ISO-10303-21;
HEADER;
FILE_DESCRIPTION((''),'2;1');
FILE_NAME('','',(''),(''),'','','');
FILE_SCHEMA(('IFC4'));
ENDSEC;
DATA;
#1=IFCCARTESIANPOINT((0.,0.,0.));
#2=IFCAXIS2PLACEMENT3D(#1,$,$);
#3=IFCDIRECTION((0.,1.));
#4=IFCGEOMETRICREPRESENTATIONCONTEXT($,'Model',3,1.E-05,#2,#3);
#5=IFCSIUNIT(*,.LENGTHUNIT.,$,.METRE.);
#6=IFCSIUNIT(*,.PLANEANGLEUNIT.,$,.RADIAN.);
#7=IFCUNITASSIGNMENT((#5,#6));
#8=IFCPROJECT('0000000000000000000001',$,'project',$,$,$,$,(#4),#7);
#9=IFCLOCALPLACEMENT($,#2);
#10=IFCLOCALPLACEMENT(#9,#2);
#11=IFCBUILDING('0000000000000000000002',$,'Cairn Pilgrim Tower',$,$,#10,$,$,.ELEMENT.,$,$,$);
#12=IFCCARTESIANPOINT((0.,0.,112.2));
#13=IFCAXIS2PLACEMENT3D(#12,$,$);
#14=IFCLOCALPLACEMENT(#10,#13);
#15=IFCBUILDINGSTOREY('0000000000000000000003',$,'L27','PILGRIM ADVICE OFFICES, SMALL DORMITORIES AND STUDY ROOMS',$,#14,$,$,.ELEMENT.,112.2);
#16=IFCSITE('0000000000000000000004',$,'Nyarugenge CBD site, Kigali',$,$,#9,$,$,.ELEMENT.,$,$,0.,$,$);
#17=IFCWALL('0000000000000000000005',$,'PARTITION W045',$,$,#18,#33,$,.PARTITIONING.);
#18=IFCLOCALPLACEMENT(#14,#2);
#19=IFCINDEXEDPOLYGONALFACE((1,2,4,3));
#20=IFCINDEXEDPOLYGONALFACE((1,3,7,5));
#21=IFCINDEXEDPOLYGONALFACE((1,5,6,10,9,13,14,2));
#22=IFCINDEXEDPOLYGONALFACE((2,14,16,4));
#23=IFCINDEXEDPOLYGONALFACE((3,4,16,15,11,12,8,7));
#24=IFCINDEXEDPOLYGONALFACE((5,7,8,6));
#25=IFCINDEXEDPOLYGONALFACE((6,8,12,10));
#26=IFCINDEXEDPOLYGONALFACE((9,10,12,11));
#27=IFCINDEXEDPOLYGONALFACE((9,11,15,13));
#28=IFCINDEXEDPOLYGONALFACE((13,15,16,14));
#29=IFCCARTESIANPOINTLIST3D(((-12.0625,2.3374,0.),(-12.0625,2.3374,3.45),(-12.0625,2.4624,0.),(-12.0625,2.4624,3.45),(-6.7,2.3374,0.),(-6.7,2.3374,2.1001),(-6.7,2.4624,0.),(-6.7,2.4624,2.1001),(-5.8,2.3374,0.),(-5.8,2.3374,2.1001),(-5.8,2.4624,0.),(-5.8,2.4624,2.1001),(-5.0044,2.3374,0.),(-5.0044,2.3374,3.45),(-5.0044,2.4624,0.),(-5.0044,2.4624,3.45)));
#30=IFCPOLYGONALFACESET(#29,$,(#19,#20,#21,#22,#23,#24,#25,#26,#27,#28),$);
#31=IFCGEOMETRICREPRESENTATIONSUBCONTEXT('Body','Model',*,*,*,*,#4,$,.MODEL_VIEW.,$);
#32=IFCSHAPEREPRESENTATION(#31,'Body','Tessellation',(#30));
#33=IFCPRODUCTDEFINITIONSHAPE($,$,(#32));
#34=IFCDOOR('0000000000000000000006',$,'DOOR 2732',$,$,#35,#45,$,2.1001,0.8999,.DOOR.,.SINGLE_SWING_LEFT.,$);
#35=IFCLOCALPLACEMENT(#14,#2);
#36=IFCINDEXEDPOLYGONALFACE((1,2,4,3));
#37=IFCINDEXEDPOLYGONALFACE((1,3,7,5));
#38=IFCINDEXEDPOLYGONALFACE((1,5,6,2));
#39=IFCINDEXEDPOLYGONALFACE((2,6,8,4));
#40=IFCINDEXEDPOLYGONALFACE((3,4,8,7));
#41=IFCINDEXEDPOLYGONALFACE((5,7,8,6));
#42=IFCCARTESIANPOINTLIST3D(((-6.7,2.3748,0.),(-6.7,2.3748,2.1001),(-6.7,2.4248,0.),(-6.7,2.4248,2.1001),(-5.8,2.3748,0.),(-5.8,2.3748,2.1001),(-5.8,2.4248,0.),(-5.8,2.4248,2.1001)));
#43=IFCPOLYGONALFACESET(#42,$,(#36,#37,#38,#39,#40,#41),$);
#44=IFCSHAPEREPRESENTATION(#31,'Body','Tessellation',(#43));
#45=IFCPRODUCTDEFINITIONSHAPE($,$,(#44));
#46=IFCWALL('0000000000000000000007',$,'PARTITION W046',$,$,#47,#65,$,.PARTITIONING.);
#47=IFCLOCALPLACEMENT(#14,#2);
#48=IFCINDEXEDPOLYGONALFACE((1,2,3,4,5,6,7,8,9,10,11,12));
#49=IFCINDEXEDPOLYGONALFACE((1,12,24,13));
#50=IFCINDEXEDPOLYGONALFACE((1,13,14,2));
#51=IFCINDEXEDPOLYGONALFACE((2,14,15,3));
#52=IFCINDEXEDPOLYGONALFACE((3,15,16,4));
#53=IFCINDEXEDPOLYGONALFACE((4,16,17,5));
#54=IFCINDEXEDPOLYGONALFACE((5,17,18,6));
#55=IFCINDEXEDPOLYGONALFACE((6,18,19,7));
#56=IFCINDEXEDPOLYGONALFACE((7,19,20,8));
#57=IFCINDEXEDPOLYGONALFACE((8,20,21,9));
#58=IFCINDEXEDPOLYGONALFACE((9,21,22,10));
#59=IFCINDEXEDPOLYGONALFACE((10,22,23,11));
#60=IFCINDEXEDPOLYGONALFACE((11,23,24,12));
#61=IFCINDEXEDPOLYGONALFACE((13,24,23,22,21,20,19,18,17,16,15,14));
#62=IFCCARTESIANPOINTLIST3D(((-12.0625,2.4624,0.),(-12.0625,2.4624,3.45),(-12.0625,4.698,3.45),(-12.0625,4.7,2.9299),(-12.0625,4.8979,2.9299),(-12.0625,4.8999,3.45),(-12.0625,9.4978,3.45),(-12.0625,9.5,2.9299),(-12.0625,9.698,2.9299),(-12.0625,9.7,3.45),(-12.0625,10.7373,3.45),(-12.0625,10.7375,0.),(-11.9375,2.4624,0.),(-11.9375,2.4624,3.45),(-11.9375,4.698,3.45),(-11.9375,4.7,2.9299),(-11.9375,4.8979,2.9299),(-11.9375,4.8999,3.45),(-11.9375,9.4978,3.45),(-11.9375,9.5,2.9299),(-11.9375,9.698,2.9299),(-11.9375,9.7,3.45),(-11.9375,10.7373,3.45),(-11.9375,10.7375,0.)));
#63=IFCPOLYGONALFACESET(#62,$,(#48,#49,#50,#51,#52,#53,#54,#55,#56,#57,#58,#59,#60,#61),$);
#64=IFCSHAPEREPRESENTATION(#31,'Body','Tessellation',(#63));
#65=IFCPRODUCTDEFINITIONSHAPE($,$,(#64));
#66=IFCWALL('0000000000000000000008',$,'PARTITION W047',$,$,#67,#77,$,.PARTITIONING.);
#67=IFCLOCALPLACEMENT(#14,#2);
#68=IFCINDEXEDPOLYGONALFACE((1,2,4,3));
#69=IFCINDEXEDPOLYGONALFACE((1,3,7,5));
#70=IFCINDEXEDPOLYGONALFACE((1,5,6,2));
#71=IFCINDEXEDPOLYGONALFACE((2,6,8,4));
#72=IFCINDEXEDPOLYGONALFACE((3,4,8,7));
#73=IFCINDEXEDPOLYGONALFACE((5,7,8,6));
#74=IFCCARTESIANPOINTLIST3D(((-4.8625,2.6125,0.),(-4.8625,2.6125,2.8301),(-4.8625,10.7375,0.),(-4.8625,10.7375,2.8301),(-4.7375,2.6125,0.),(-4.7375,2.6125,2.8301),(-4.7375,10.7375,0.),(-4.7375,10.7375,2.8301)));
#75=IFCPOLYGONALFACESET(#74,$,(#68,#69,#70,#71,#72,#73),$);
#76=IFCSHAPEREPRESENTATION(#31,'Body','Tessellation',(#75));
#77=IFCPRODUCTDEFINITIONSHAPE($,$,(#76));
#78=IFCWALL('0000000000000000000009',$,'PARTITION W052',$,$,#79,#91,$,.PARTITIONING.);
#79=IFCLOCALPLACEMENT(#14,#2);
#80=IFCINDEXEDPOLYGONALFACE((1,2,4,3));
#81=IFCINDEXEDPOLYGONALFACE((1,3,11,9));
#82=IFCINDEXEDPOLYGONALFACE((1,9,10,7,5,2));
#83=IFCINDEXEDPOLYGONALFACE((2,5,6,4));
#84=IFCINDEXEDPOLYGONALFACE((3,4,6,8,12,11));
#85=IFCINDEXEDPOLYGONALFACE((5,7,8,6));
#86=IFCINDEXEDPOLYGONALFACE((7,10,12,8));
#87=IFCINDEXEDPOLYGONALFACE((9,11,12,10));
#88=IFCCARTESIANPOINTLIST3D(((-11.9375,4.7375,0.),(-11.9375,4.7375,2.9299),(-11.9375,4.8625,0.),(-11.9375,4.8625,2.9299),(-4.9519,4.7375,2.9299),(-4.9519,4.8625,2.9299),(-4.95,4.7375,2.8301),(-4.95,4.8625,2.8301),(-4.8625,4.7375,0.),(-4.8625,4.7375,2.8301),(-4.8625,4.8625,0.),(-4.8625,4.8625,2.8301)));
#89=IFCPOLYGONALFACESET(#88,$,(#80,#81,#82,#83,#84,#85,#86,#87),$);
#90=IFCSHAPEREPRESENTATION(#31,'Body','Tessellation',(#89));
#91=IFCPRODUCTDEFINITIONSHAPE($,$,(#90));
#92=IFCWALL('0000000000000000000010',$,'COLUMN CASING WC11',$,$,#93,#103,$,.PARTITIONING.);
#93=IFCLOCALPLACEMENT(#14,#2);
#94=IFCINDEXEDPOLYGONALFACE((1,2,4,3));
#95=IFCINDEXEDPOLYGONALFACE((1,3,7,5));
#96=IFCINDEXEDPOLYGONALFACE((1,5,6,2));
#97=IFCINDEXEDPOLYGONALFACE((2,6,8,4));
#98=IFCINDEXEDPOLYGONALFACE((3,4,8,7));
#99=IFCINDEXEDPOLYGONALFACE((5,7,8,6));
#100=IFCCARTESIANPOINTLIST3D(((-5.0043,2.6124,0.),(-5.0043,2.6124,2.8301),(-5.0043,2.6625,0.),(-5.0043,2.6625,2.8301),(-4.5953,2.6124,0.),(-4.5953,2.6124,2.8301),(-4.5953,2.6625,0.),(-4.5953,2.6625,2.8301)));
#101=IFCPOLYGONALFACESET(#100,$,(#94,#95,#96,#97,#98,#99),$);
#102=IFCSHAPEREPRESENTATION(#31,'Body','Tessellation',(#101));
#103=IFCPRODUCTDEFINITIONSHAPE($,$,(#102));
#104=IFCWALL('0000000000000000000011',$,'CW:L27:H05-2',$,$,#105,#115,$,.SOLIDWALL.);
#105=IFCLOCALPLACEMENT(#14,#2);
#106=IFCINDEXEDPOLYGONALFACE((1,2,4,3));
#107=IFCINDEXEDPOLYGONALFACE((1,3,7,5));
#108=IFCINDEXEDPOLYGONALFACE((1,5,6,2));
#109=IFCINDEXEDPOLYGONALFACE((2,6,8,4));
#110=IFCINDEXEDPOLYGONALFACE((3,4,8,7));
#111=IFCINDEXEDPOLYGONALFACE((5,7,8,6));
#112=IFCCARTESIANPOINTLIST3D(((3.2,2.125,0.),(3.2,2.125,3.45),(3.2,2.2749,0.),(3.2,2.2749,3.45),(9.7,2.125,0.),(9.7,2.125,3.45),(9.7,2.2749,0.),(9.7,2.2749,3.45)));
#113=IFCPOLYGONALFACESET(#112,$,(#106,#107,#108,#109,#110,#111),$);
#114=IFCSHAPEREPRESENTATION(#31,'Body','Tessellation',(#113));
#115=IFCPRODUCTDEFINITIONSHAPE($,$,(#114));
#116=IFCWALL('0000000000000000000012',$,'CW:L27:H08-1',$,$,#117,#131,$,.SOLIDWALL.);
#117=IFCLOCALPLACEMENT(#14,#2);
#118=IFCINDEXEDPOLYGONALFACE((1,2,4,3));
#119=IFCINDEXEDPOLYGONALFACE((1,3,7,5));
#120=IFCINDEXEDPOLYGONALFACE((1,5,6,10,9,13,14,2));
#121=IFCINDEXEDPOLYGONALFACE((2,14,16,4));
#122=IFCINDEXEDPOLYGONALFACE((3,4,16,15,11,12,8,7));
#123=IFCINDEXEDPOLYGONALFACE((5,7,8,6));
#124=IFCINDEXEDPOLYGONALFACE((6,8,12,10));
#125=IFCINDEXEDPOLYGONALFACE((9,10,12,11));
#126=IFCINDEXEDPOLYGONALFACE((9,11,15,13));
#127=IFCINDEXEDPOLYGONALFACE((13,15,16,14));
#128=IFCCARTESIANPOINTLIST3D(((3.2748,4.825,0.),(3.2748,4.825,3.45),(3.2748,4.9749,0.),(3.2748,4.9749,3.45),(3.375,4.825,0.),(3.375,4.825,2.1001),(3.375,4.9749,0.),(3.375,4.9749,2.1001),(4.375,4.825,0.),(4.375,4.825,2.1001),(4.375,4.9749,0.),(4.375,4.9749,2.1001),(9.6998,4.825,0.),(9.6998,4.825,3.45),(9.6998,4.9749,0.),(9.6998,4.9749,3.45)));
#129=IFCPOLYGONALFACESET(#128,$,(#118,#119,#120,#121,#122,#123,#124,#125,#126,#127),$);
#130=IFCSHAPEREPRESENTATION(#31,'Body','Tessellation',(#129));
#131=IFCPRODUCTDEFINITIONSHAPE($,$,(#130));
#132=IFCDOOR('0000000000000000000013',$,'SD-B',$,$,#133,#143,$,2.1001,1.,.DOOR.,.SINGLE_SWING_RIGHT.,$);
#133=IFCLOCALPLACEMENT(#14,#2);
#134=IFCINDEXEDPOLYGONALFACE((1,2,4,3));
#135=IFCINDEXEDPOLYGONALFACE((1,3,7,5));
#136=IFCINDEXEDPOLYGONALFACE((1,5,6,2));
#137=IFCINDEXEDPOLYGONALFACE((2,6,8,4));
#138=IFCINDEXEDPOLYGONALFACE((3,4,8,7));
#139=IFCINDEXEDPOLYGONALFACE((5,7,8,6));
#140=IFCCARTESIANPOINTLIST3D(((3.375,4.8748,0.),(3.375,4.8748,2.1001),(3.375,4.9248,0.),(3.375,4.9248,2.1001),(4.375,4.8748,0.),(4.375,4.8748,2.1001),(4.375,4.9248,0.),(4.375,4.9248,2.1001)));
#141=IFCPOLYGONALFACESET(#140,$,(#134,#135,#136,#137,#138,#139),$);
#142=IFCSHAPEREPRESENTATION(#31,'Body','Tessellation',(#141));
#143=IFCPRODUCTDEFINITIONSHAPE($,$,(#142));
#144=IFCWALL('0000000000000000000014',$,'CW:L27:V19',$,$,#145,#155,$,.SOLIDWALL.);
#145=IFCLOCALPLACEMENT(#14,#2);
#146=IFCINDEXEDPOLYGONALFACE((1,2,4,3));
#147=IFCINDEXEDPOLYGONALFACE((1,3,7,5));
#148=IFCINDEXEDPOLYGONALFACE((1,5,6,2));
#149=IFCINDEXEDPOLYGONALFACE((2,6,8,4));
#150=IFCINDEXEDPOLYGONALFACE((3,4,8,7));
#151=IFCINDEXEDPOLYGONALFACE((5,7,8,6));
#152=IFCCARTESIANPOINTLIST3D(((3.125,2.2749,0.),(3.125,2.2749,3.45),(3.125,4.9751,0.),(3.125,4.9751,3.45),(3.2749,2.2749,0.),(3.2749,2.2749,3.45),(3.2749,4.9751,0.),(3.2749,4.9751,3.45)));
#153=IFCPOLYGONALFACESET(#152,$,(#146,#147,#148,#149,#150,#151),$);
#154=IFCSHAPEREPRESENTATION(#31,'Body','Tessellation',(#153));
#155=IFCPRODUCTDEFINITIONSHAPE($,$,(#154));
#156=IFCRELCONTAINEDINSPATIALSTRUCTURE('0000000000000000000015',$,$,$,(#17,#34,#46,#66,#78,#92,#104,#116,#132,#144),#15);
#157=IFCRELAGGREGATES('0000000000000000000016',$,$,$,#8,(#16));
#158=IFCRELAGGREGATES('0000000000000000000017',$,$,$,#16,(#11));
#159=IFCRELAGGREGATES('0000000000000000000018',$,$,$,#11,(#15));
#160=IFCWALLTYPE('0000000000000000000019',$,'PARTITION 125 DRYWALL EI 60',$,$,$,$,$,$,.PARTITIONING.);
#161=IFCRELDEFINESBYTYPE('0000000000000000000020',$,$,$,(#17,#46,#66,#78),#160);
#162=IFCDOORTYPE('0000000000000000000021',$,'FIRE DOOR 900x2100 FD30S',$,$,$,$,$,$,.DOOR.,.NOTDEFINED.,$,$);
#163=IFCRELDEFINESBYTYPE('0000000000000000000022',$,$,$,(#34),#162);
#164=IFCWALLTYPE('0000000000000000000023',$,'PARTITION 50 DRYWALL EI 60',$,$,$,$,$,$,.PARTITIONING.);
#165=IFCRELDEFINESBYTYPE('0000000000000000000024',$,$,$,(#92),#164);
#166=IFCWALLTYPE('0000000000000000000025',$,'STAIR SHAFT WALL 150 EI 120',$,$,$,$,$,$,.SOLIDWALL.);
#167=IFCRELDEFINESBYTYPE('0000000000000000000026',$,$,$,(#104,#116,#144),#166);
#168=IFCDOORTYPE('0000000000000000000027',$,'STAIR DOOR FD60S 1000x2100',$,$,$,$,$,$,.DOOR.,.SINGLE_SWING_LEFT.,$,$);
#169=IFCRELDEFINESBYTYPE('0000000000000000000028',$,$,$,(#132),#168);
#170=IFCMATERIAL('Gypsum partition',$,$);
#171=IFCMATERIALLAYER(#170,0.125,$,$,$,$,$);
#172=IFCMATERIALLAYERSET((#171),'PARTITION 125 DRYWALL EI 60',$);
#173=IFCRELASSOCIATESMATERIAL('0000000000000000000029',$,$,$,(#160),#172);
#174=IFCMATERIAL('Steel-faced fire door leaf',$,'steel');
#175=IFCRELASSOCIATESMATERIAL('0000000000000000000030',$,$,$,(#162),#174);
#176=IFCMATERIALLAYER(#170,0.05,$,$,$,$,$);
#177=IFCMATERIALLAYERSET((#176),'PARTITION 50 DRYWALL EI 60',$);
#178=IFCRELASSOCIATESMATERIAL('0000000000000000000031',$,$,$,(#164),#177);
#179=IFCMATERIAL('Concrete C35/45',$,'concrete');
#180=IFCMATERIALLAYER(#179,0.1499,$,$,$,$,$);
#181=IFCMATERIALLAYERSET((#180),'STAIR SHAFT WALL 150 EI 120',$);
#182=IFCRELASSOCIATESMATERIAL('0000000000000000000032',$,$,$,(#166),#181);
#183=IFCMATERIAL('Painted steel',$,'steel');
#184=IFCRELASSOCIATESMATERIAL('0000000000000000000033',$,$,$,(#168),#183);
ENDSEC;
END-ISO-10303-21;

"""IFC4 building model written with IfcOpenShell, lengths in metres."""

from ifc_helpers import new_model, si_unit, direction, frame, frame_2d, origin, place, context, subcontext, project, spatial, polyline, rectangle, outline, extrude, material, layer, layer_set, type_object, element, fill, save


model = new_model("IFC4")

# Units and contexts
model_context = context("Model", 3, precision=1e-05, world=origin(), true_north=direction((0.0, 1.0)))
body_context = subcontext(model_context, "Body", "Model", "MODEL_VIEW")
ifc_project = project(units=[si_unit("LENGTHUNIT", "METRE"), si_unit("PLANEANGLEUNIT", "RADIAN")], contexts=[model_context])

# Site, building, storey
site_placement = place(None, origin())
site = spatial("IfcSite", under=ifc_project, at=site_placement, Name="Nyarugenge CBD site, Kigali", CompositionType="ELEMENT", RefElevation=0.0)
building_placement = place(site_placement, origin())
building = spatial("IfcBuilding", under=site, at=building_placement, Name="Cairn Pilgrim Tower", CompositionType="ELEMENT")
storey_placement = place(building_placement, frame((0.0, 0.0, 112.2)))
storey = spatial("IfcBuildingStorey", under=building, at=storey_placement, Name="L27", Description="PILGRIM ADVICE OFFICES, SMALL DORMITORIES AND STUDY ROOMS", CompositionType="ELEMENT", Elevation=112.2)

# Shared definitions
ifc_material_1 = material(Name="Painted steel", Category="steel")

# Wall, opening, door
ifc_material_2 = material(Name="Gypsum partition")
ifc_layer_1 = layer(ifc_material_2, 0.125)
ifc_layer_set_1 = layer_set([ifc_layer_1], Name="PARTITION 125 DRYWALL EI 60")
wall_type_1 = type_object("IfcWallType", Name="PARTITION 125 DRYWALL EI 60", PredefinedType="PARTITIONING", material=ifc_layer_set_1)
wall_1_placement = place(storey_placement, frame((-12.0625, 2.3999, 0.0), z_axis=(0.0, 0.0, 1.0), x_axis=(1.0, 0.0, 0.0)))
wall_1 = element("IfcWall", 1, at=wall_1_placement, inside=storey, type_object=wall_type_1, Name="PARTITION W045", PredefinedType="PARTITIONING", context=body_context, shape_type="SweptSolid", body=[
    extrude(rectangle(XDim=7.0581, YDim=0.125, at=frame_2d((3.5291, 0.0))), origin(), (0.0, 0.0, 1.0), 3.45),
])
opening_1_placement = place(wall_1_placement, frame((5.3625, 0.0, 0.0)))
opening_1 = element("IfcOpeningElement", 2, at=opening_1_placement, cuts=wall_1, PredefinedType="OPENING", context=body_context, shape_type="SweptSolid", body=[
    extrude(rectangle(XDim=0.8999, YDim=2.1001, at=frame_2d((0.45, 1.05))), frame((0.0, 0.0725, 0.0), z_axis=(0.0, -1.0, 0.0), x_axis=(1.0, 0.0, 0.0)), (0.0, 0.0, 1.0), 0.145),
])
ifc_material_3 = material(Name="Steel-faced fire door leaf", Category="steel")
door_type_1 = type_object("IfcDoorType", Name="FIRE DOOR 900x2100 FD30S", OperationType="NOTDEFINED", PredefinedType="DOOR", material=ifc_material_3)
door_1_placement = place(opening_1_placement, origin())
door_1 = element("IfcDoor", 3, at=door_1_placement, inside=storey, type_object=door_type_1, Name="DOOR 2732", OperationType="SINGLE_SWING_LEFT", OverallHeight=2.1001, OverallWidth=0.8999, PredefinedType="DOOR", context=body_context, shape_type="SweptSolid", body=[
    extrude(rectangle(XDim=0.8999, YDim=2.1001, at=frame_2d((0.45, 1.05))), frame((0.0, 0.0249, 0.0), z_axis=(0.0, -1.0, 0.0), x_axis=(1.0, 0.0, 0.0)), (0.0, 0.0, 1.0), 0.05),
])
fill(opening_1, door_1)

# Walls
wall_2_placement = place(storey_placement, frame((-12.0, 2.4624, 0.0), z_axis=(0.0, 0.0, 1.0), x_axis=(0.0, 1.0, 0.0)))
element("IfcWall", 4, at=wall_2_placement, inside=storey, type_object=wall_type_1, Name="PARTITION W046", PredefinedType="PARTITIONING", context=body_context, shape_type="SweptSolid", body=[
    extrude(outline(polyline([(0.0, 0.0), (8.2751, 0.0), (8.2749, 3.45), (7.2375, 3.45), (7.2356, 2.9299), (7.0376, 2.9299), (7.0354, 3.45), (2.4375, 3.45), (2.4355, 2.9299), (2.2375, 2.9299), (2.2356, 3.45), (0.0, 3.45), (0.0, 0.0)])), frame((0.0, 0.0625, 0.0), z_axis=(0.0, -1.0, 0.0), x_axis=(1.0, 0.0, 0.0)), (0.0, 0.0, 1.0), 0.125),
])
wall_3_placement = place(storey_placement, frame((-4.8, 2.6125, 0.0), z_axis=(0.0, 0.0, 1.0), x_axis=(0.0, 1.0, 0.0)))
element("IfcWall", 5, at=wall_3_placement, inside=storey, type_object=wall_type_1, Name="PARTITION W047", PredefinedType="PARTITIONING", context=body_context, shape_type="SweptSolid", body=[
    extrude(rectangle(XDim=8.125, YDim=0.125, at=frame_2d((4.0625, 0.0))), origin(), (0.0, 0.0, 1.0), 2.8301),
])
wall_4_placement = place(storey_placement, frame((-11.9375, 4.8, 0.0), z_axis=(0.0, 0.0, 1.0), x_axis=(1.0, 0.0, 0.0)))
element("IfcWall", 6, at=wall_4_placement, inside=storey, type_object=wall_type_1, Name="PARTITION W052", PredefinedType="PARTITIONING", context=body_context, shape_type="SweptSolid", body=[
    extrude(outline(polyline([(0.0, 0.0), (7.075, 0.0), (7.075, 2.8301), (6.9875, 2.8301), (6.9856, 2.9299), (0.0, 2.9299), (0.0, 0.0)])), frame((0.0, 0.0625, 0.0), z_axis=(0.0, -1.0, 0.0), x_axis=(1.0, 0.0, 0.0)), (0.0, 0.0, 1.0), 0.125),
])
ifc_layer_2 = layer(ifc_material_2, 0.05)
ifc_layer_set_2 = layer_set([ifc_layer_2], Name="PARTITION 50 DRYWALL EI 60")
wall_type_2 = type_object("IfcWallType", Name="PARTITION 50 DRYWALL EI 60", PredefinedType="PARTITIONING", material=ifc_layer_set_2)
wall_5_placement = place(storey_placement, frame((-5.0044, 2.6375, 0.0), z_axis=(0.0, 0.0, 1.0), x_axis=(1.0, 0.0, 0.0)))
element("IfcWall", 7, at=wall_5_placement, inside=storey, type_object=wall_type_2, Name="COLUMN CASING WC11", PredefinedType="PARTITIONING", context=body_context, shape_type="SweptSolid", body=[
    extrude(rectangle(XDim=0.4089, YDim=0.05, at=frame_2d((0.2046, 0.0))), origin(), (0.0, 0.0, 1.0), 2.8301),
])
ifc_material_4 = material(Name="Concrete C35/45", Category="concrete")
ifc_layer_3 = layer(ifc_material_4, 0.1499)
ifc_layer_set_3 = layer_set([ifc_layer_3], Name="STAIR SHAFT WALL 150 EI 120")
wall_type_3 = type_object("IfcWallType", Name="STAIR SHAFT WALL 150 EI 120", PredefinedType="SOLIDWALL", material=ifc_layer_set_3)
wall_6_placement = place(storey_placement, frame((3.2, 2.2, 0.0), z_axis=(0.0, 0.0, 1.0), x_axis=(1.0, 0.0, 0.0)))
element("IfcWall", 8, at=wall_6_placement, inside=storey, type_object=wall_type_3, Name="CW:L27:H05-2", PredefinedType="SOLIDWALL", context=body_context, shape_type="SweptSolid", body=[
    extrude(rectangle(XDim=6.5, YDim=0.1499, at=frame_2d((3.25, 0.0))), origin(), (0.0, 0.0, 1.0), 3.45),
])

# Wall, opening, door
wall_7_placement = place(storey_placement, frame((3.2749, 4.8999, 0.0), z_axis=(0.0, 0.0, 1.0), x_axis=(1.0, 0.0, 0.0)))
wall_7 = element("IfcWall", 9, at=wall_7_placement, inside=storey, type_object=wall_type_3, Name="CW:L27:H08-1", PredefinedType="SOLIDWALL", context=body_context, shape_type="SweptSolid", body=[
    extrude(rectangle(XDim=6.425, YDim=0.1499, at=frame_2d((3.2124, 0.0))), origin(), (0.0, 0.0, 1.0), 3.45),
])
opening_2_placement = place(wall_7_placement, frame((0.1001, 0.0, 0.0)))
opening_2 = element("IfcOpeningElement", 10, at=opening_2_placement, cuts=wall_7, PredefinedType="OPENING", context=body_context, shape_type="SweptSolid", body=[
    extrude(rectangle(XDim=1.0, YDim=2.1001, at=frame_2d((0.5, 1.05))), frame((0.0, 0.085, 0.0), z_axis=(0.0, -1.0, 0.0), x_axis=(1.0, 0.0, 0.0)), (0.0, 0.0, 1.0), 0.1699),
])
door_type_2 = type_object("IfcDoorType", Name="STAIR DOOR FD60S 1000x2100", OperationType="SINGLE_SWING_LEFT", PredefinedType="DOOR", material=ifc_material_1)
door_2_placement = place(opening_2_placement, origin())
door_2 = element("IfcDoor", 11, at=door_2_placement, inside=storey, type_object=door_type_2, Name="SD-B", OperationType="SINGLE_SWING_RIGHT", OverallHeight=2.1001, OverallWidth=1.0, PredefinedType="DOOR", context=body_context, shape_type="SweptSolid", body=[
    extrude(rectangle(XDim=1.0, YDim=2.1001, at=frame_2d((0.5, 1.05))), frame((0.0, 0.0249, 0.0), z_axis=(0.0, -1.0, 0.0), x_axis=(1.0, 0.0, 0.0)), (0.0, 0.0, 1.0), 0.05),
])
fill(opening_2, door_2)

# Wall
wall_8_placement = place(storey_placement, frame((3.2, 2.2749, 0.0), z_axis=(0.0, 0.0, 1.0), x_axis=(0.0, 1.0, 0.0)))
element("IfcWall", 12, at=wall_8_placement, inside=storey, type_object=wall_type_3, Name="CW:L27:V19", PredefinedType="SOLIDWALL", context=body_context, shape_type="SweptSolid", body=[
    extrude(rectangle(XDim=2.7002, YDim=0.1499, at=frame_2d((1.3501, 0.0))), origin(), (0.0, 0.0, 1.0), 3.45),
])

save(model, "model.ifc")
